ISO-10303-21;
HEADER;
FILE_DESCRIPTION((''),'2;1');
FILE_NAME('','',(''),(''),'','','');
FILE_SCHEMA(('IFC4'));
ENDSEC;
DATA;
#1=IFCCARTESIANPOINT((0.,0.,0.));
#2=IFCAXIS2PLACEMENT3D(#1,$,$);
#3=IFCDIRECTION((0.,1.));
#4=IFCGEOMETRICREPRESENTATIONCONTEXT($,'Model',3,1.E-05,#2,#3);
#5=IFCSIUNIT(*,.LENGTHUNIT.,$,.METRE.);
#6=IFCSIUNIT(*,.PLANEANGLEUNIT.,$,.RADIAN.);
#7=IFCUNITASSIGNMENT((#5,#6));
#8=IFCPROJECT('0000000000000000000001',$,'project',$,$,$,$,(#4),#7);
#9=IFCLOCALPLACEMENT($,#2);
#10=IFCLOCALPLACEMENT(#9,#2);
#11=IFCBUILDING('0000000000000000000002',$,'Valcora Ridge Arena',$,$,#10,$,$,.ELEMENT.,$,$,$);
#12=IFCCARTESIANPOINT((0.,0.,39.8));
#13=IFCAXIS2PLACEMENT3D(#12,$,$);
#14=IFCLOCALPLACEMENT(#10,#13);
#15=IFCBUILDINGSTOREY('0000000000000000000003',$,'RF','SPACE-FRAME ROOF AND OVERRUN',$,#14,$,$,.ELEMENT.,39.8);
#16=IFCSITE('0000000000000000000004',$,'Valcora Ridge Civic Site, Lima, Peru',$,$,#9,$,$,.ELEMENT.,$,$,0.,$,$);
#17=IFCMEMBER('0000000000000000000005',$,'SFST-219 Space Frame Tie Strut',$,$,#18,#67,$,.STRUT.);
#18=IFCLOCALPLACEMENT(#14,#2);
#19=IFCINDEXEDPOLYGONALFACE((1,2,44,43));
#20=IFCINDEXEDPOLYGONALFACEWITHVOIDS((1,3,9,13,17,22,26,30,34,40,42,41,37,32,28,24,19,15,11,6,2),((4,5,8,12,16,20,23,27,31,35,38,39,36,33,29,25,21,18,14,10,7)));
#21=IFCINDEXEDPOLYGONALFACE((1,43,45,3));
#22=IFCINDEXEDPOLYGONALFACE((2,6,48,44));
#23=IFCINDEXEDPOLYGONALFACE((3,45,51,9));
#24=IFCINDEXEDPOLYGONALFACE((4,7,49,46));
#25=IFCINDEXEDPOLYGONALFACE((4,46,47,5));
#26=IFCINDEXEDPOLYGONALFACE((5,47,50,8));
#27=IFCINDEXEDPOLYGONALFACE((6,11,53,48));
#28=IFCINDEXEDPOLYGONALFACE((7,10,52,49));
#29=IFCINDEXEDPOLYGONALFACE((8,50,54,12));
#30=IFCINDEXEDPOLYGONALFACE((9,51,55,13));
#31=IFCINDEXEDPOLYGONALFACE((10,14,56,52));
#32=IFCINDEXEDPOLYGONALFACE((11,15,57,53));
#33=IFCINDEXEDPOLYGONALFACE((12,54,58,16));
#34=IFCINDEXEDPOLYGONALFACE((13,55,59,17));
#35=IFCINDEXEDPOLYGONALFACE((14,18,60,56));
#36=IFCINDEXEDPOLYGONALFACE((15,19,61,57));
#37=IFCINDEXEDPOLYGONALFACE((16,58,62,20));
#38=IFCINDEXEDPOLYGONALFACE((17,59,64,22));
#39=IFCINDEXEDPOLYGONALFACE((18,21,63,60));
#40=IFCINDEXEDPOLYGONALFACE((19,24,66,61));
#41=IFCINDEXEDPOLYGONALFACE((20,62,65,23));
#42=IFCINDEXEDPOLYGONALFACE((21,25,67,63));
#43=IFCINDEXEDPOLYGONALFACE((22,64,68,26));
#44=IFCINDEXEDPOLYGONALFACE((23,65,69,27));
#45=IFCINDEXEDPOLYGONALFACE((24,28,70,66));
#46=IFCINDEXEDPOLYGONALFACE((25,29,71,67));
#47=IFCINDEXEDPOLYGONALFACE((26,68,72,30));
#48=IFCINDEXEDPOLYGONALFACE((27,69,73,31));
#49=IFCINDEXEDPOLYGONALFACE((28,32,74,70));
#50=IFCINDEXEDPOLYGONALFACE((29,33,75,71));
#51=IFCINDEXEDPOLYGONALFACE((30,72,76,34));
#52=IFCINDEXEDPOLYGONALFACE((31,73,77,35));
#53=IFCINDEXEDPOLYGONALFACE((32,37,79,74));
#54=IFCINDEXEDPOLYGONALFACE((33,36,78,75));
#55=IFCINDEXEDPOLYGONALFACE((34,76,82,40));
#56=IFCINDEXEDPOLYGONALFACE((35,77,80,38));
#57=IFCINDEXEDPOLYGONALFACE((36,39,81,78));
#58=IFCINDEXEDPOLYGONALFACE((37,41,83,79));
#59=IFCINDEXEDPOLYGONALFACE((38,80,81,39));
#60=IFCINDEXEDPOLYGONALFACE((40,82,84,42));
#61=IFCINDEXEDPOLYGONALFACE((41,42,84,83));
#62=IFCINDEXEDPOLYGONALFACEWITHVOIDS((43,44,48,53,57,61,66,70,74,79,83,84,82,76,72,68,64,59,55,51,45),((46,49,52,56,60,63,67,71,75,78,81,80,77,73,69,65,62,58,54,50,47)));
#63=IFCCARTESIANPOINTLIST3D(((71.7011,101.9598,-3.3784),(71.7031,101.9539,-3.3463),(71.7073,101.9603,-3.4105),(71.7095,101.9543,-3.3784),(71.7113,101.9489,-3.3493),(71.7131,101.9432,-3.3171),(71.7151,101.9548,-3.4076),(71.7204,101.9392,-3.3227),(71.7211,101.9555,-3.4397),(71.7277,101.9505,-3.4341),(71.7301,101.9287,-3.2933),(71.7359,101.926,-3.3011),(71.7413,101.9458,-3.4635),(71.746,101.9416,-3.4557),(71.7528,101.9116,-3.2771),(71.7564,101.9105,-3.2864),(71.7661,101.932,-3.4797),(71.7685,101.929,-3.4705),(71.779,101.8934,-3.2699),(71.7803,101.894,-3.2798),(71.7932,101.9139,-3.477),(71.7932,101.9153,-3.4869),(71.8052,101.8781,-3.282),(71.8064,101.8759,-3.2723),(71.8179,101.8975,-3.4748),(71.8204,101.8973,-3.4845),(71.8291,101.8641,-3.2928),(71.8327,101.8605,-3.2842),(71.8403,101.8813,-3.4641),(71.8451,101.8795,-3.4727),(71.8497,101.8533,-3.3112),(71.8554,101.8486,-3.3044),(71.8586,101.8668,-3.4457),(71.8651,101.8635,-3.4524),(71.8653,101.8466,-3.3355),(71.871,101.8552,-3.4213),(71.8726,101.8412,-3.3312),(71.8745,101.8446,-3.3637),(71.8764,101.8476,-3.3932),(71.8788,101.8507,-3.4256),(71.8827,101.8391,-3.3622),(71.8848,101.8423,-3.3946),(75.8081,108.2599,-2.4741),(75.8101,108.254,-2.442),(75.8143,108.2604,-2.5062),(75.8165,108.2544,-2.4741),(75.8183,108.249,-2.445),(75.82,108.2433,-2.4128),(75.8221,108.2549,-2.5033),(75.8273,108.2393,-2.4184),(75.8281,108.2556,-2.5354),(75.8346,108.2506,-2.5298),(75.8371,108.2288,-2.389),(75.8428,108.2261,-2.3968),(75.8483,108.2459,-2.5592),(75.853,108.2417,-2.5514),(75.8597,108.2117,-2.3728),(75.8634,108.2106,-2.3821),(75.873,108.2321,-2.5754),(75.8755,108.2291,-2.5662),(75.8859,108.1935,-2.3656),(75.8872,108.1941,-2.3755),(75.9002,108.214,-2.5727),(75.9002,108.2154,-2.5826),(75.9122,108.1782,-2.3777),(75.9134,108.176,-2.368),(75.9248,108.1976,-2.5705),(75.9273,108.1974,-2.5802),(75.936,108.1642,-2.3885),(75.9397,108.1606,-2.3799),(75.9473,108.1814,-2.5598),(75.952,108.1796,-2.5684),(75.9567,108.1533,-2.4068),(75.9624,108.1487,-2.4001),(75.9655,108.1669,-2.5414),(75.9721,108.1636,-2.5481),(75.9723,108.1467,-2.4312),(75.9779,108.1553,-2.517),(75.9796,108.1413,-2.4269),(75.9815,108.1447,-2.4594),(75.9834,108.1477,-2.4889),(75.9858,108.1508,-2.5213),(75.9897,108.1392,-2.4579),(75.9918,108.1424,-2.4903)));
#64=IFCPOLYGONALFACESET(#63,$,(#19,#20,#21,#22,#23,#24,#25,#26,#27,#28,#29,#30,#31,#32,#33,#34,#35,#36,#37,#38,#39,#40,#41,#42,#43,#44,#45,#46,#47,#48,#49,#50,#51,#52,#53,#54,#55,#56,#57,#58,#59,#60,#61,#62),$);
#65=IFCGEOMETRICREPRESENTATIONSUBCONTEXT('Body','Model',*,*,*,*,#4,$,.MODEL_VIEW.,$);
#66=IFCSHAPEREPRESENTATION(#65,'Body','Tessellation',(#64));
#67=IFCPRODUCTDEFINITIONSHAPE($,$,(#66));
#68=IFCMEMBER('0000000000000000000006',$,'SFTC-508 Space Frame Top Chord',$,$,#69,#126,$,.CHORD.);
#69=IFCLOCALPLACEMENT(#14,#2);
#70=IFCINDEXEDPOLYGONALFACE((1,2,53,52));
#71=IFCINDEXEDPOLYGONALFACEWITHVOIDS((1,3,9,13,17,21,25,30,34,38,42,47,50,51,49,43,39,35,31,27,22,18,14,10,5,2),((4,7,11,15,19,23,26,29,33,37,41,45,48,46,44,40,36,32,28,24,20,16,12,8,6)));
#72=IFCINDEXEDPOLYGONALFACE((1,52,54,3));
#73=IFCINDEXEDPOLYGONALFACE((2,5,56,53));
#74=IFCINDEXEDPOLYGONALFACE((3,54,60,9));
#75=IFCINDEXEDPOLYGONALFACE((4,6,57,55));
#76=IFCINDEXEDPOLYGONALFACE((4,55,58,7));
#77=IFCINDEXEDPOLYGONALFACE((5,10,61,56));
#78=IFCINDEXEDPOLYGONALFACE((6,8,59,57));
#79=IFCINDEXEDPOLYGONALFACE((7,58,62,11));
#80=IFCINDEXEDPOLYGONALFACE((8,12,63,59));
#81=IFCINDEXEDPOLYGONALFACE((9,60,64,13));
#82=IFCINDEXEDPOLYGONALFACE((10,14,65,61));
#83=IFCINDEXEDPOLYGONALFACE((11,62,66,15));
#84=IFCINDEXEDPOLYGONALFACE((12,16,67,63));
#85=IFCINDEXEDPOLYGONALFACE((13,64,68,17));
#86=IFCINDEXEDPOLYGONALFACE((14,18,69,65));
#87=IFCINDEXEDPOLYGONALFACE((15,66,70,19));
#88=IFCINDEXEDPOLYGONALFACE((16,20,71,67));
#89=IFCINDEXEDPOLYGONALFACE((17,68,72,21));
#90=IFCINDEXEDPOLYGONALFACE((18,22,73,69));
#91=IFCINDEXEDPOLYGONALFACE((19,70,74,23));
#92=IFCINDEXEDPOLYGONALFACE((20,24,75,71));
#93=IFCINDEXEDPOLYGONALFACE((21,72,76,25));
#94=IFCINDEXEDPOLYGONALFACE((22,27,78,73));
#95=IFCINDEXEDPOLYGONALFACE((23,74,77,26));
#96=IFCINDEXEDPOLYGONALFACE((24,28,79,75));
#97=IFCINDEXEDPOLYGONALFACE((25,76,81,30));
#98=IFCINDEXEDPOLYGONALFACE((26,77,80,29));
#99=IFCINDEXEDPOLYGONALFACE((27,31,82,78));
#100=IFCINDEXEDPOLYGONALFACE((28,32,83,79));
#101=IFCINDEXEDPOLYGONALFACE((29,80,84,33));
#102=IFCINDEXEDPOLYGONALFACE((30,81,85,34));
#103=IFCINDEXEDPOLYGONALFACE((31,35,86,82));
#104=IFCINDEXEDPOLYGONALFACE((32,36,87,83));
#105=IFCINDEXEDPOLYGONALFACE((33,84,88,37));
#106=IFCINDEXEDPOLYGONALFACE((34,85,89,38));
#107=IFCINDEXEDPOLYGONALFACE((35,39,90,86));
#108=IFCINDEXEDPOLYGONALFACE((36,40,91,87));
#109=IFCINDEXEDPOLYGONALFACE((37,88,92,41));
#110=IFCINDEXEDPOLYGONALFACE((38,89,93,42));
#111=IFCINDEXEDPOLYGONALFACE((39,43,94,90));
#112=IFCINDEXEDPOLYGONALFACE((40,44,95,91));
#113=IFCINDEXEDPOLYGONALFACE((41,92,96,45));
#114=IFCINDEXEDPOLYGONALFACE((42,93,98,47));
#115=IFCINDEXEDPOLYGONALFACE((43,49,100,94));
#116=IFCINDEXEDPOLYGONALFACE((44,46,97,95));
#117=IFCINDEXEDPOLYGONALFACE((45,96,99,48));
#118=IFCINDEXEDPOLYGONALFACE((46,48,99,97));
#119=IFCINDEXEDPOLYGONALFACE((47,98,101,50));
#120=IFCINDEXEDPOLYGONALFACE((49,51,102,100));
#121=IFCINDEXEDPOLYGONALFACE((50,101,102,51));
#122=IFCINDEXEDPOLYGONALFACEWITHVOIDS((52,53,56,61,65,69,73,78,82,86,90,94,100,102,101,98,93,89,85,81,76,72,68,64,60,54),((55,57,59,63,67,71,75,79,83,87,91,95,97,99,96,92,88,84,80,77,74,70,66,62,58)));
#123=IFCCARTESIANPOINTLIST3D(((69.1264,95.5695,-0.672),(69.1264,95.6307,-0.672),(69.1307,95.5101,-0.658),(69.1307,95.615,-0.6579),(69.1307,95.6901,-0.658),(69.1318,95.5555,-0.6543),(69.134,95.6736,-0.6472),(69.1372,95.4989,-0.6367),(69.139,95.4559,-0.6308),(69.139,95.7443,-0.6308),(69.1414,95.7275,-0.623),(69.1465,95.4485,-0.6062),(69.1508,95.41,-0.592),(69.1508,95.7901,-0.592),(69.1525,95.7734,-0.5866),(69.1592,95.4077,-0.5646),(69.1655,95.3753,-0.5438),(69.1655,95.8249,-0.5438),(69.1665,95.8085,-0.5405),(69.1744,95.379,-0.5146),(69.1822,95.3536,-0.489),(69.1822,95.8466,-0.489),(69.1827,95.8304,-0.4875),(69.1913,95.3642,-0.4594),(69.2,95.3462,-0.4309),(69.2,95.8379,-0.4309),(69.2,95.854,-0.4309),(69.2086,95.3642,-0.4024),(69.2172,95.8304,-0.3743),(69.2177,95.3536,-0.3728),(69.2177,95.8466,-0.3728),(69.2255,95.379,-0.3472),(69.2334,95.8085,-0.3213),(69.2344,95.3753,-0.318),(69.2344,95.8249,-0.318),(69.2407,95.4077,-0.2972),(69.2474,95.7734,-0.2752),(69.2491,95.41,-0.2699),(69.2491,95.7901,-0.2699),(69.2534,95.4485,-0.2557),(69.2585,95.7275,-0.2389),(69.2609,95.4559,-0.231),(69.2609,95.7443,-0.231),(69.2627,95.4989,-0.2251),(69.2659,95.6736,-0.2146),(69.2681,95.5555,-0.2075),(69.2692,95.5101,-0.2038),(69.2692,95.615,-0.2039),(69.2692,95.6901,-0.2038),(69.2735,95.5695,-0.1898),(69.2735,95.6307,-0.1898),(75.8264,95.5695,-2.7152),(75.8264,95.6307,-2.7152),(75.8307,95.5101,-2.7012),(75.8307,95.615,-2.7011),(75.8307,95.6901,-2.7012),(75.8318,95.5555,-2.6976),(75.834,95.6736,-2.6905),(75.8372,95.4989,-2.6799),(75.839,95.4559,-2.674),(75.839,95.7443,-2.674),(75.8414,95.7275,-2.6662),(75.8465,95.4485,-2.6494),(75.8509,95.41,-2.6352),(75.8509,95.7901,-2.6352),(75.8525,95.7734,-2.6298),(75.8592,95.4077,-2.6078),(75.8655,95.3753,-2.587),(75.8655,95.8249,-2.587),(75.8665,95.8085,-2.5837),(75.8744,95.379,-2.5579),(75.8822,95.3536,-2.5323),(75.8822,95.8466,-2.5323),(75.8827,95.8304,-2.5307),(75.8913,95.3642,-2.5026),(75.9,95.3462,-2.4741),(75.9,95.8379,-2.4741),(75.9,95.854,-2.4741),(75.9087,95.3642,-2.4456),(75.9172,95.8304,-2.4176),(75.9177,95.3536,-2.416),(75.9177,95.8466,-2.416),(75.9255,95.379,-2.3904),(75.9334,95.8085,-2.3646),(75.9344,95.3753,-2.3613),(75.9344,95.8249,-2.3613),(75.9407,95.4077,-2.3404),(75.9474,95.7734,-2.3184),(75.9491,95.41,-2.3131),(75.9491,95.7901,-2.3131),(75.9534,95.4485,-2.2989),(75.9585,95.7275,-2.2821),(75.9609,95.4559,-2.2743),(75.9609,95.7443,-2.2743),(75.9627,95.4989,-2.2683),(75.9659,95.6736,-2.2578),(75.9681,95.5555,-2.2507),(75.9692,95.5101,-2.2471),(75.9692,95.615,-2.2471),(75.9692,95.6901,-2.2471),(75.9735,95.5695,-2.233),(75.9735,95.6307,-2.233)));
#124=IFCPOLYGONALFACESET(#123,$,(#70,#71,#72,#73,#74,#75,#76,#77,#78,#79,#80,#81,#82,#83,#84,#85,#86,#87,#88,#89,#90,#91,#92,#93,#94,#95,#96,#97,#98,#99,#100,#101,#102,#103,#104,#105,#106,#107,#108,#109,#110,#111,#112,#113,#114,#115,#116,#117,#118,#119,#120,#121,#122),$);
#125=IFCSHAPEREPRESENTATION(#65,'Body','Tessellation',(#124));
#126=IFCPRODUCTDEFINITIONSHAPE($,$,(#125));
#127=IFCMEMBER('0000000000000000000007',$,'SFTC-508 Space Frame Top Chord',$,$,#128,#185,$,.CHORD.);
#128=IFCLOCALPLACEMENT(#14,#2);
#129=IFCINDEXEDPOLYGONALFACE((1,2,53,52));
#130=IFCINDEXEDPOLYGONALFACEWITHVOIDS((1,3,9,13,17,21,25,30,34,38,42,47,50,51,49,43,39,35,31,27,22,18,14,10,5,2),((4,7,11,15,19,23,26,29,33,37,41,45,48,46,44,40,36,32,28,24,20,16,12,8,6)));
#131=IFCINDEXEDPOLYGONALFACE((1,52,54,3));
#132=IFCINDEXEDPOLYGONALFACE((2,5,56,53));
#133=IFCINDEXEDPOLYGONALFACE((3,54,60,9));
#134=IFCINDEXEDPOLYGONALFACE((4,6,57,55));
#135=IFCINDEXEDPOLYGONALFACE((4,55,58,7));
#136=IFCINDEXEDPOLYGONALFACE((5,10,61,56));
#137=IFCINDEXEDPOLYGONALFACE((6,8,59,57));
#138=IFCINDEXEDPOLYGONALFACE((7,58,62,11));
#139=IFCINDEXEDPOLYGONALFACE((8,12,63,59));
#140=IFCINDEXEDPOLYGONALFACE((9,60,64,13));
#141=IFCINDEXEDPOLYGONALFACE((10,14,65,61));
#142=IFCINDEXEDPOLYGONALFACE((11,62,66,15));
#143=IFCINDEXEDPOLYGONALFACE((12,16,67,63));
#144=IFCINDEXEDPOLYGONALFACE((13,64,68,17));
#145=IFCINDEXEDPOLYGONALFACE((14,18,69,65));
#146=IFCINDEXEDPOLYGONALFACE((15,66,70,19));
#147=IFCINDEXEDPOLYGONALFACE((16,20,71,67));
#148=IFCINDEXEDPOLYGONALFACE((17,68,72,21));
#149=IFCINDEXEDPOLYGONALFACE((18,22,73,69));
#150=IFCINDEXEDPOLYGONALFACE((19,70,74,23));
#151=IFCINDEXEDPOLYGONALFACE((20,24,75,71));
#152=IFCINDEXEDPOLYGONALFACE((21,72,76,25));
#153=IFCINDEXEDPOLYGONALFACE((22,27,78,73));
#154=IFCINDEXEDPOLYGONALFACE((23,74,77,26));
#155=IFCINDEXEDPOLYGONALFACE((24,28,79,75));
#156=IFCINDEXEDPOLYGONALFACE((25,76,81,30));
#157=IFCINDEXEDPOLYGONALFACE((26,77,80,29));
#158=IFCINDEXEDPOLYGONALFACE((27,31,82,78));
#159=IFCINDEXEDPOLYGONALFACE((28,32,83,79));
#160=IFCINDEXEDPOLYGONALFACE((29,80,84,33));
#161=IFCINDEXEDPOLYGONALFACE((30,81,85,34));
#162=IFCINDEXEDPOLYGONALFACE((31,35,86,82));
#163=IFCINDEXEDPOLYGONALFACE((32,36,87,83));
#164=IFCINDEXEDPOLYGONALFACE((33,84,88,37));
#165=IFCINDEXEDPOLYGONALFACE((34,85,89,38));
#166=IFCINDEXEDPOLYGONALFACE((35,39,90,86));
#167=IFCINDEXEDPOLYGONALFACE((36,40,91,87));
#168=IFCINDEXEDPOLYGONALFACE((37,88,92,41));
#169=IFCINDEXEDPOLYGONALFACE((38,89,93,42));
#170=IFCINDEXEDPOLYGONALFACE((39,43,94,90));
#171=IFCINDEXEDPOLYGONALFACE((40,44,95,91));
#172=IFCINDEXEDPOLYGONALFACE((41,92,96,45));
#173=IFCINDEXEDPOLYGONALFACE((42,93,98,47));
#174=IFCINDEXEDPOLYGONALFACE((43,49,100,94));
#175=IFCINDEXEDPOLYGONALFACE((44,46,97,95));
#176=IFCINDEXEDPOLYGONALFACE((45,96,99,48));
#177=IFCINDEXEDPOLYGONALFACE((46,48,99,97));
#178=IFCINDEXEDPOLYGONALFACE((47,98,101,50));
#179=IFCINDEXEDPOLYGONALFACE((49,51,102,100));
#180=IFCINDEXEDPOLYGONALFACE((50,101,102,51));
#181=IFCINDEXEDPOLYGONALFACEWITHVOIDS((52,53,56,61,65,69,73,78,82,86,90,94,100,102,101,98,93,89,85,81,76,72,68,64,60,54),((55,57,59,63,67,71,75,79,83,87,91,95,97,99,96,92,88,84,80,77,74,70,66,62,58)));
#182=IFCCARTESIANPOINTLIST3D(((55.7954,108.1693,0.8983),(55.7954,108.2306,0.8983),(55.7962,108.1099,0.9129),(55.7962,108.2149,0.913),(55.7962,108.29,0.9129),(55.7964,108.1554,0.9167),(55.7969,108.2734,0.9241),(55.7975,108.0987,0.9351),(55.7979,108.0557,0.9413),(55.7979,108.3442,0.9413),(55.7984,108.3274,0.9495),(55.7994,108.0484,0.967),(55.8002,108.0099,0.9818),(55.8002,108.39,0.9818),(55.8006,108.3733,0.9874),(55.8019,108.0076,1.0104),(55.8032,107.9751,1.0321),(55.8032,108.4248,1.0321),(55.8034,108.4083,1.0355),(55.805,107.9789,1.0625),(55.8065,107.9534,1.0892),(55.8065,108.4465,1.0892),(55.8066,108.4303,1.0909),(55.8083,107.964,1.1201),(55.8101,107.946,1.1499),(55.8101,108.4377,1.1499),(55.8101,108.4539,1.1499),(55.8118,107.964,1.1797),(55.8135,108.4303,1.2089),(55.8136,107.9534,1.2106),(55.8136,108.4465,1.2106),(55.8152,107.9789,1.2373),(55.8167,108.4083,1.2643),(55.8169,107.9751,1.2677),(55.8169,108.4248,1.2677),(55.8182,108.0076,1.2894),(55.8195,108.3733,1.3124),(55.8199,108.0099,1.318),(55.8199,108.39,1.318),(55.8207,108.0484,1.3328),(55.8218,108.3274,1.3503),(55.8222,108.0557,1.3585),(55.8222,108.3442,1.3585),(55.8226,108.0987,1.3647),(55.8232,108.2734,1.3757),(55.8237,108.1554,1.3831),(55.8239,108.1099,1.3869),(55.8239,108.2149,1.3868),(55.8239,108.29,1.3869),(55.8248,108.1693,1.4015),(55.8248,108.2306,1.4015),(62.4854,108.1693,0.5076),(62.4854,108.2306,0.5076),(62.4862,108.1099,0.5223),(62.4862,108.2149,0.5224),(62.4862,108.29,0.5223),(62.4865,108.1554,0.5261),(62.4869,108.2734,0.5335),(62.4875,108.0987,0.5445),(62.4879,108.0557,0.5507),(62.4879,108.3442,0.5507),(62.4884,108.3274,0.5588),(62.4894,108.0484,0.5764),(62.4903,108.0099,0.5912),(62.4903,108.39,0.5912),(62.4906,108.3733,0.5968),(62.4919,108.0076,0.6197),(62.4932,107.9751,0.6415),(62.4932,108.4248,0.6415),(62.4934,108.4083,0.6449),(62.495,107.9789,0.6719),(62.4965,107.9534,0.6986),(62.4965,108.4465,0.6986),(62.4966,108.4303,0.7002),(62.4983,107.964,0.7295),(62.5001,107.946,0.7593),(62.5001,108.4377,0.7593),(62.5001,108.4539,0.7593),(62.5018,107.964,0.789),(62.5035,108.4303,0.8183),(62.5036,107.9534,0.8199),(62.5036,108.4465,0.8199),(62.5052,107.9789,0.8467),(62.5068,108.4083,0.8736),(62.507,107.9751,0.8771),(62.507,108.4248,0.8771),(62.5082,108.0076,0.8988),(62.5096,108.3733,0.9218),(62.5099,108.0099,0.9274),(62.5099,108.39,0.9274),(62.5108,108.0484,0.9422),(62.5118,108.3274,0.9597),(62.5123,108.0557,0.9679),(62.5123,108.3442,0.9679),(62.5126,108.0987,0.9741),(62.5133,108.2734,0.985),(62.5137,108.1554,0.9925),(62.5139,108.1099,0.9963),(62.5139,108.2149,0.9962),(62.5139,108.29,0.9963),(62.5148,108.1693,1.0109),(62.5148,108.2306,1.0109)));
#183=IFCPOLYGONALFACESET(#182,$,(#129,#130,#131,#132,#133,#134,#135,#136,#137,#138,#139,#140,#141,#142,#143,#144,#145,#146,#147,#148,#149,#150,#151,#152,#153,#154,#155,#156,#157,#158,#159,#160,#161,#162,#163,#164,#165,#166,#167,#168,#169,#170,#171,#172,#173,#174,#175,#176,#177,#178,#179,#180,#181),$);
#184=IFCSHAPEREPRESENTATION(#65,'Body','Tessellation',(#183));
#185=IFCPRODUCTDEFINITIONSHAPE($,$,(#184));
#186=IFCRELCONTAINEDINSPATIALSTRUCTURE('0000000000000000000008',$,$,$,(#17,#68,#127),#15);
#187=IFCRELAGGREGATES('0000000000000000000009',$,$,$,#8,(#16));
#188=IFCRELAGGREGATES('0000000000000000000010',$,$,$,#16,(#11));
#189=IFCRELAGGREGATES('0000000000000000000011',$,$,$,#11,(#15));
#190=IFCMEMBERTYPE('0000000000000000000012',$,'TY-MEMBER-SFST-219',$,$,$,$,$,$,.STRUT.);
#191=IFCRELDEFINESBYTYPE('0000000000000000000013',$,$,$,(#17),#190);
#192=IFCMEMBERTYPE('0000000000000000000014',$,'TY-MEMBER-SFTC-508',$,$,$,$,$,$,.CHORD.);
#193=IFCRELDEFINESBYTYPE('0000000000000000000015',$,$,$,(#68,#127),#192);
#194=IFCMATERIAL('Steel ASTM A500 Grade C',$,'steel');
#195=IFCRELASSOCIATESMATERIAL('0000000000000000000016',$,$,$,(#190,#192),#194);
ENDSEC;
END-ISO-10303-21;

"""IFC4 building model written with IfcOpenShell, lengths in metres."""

from ifc_helpers import new_model, si_unit, direction, frame, origin, origin_2d, place, context, subcontext, project, spatial, hollow_circle, extrude, material, material_profile, profile_set, type_object, element, save


model = new_model("IFC4")

# Units and contexts
model_context = context("Model", 3, precision=1e-05, world=origin(), true_north=direction((0.0, 1.0)))
body_context = subcontext(model_context, "Body", "Model", "MODEL_VIEW")
ifc_project = project(units=[si_unit("LENGTHUNIT", "METRE"), si_unit("PLANEANGLEUNIT", "RADIAN")], contexts=[model_context])

# Site, building, storey
site_placement = place(None, origin())
site = spatial("IfcSite", under=ifc_project, at=site_placement, Name="Valcora Ridge Civic Site, Lima, Peru", CompositionType="ELEMENT", RefElevation=0.0)
building_placement = place(site_placement, origin())
building = spatial("IfcBuilding", under=site, at=building_placement, Name="Valcora Ridge Arena", CompositionType="ELEMENT")
storey_placement = place(building_placement, frame((0.0, 0.0, 39.8)))
storey = spatial("IfcBuildingStorey", under=building, at=storey_placement, Name="RF", Description="SPACE-FRAME ROOF AND OVERRUN", CompositionType="ELEMENT", Elevation=39.8)

# Members
ifc_material_1 = material(Name="Steel ASTM A500 Grade C", Category="steel")
ifc_material_profile_1 = material_profile(ifc_material_1, hollow_circle(Radius=0.1096, WallThickness=0.01, at=origin_2d()), Name="CHS219X10")
ifc_profile_set_1 = profile_set([ifc_material_profile_1], Name="Steel ASTM A500 Grade C")
member_type_1 = type_object("IfcMemberType", Name="TY-MEMBER-SFST-219", PredefinedType="STRUT", material=ifc_profile_set_1)
member_1_placement = place(storey_placement, frame((71.793, 101.8999, -3.3784), z_axis=(0.542195, 0.831728, 0.119385), x_axis=(-0.83772, 0.5461, 0.0)))
element("IfcMember", 1, at=member_1_placement, inside=storey, type_object=member_type_1, Name="SFST-219 Space Frame Tie Strut", PredefinedType="STRUT", context=body_context, shape_type="SweptSolid", body=[
    extrude(hollow_circle(Radius=0.1096, WallThickness=0.01, at=origin_2d()), origin(), (0.0, 0.0, 1.0), 7.5747),
])
ifc_material_profile_2 = material_profile(ifc_material_1, hollow_circle(Radius=0.2539, WallThickness=0.0161, at=origin_2d()), Name="CHS508X16")
ifc_profile_set_2 = profile_set([ifc_material_profile_2], Name="Steel ASTM A500 Grade C")
member_type_2 = type_object("IfcMemberType", Name="TY-MEMBER-SFTC-508", PredefinedType="CHORD", material=ifc_profile_set_2)
member_2_placement = place(storey_placement, frame((69.2, 95.6001, -0.4309), z_axis=(0.956511, 0.0, -0.291697), x_axis=(0.0, 1.0, 0.0)))
element("IfcMember", 2, at=member_2_placement, inside=storey, type_object=member_type_2, Name="SFTC-508 Space Frame Top Chord", PredefinedType="CHORD", context=body_context, shape_type="SweptSolid", body=[
    extrude(hollow_circle(Radius=0.2539, WallThickness=0.0161, at=origin_2d()), origin(), (0.0, 0.0, 1.0), 7.0046),
])
member_3_placement = place(storey_placement, frame((55.8101, 108.2, 1.1499), z_axis=(0.9983, 0.0, -0.058291), x_axis=(0.0, 1.0, 0.0)))
element("IfcMember", 3, at=member_3_placement, inside=storey, type_object=member_type_2, Name="SFTC-508 Space Frame Top Chord", PredefinedType="CHORD", context=body_context, shape_type="SweptSolid", body=[
    extrude(hollow_circle(Radius=0.2539, WallThickness=0.0161, at=origin_2d()), origin(), (0.0, 0.0, 1.0), 6.7014),
])

save(model, "model.ifc")
